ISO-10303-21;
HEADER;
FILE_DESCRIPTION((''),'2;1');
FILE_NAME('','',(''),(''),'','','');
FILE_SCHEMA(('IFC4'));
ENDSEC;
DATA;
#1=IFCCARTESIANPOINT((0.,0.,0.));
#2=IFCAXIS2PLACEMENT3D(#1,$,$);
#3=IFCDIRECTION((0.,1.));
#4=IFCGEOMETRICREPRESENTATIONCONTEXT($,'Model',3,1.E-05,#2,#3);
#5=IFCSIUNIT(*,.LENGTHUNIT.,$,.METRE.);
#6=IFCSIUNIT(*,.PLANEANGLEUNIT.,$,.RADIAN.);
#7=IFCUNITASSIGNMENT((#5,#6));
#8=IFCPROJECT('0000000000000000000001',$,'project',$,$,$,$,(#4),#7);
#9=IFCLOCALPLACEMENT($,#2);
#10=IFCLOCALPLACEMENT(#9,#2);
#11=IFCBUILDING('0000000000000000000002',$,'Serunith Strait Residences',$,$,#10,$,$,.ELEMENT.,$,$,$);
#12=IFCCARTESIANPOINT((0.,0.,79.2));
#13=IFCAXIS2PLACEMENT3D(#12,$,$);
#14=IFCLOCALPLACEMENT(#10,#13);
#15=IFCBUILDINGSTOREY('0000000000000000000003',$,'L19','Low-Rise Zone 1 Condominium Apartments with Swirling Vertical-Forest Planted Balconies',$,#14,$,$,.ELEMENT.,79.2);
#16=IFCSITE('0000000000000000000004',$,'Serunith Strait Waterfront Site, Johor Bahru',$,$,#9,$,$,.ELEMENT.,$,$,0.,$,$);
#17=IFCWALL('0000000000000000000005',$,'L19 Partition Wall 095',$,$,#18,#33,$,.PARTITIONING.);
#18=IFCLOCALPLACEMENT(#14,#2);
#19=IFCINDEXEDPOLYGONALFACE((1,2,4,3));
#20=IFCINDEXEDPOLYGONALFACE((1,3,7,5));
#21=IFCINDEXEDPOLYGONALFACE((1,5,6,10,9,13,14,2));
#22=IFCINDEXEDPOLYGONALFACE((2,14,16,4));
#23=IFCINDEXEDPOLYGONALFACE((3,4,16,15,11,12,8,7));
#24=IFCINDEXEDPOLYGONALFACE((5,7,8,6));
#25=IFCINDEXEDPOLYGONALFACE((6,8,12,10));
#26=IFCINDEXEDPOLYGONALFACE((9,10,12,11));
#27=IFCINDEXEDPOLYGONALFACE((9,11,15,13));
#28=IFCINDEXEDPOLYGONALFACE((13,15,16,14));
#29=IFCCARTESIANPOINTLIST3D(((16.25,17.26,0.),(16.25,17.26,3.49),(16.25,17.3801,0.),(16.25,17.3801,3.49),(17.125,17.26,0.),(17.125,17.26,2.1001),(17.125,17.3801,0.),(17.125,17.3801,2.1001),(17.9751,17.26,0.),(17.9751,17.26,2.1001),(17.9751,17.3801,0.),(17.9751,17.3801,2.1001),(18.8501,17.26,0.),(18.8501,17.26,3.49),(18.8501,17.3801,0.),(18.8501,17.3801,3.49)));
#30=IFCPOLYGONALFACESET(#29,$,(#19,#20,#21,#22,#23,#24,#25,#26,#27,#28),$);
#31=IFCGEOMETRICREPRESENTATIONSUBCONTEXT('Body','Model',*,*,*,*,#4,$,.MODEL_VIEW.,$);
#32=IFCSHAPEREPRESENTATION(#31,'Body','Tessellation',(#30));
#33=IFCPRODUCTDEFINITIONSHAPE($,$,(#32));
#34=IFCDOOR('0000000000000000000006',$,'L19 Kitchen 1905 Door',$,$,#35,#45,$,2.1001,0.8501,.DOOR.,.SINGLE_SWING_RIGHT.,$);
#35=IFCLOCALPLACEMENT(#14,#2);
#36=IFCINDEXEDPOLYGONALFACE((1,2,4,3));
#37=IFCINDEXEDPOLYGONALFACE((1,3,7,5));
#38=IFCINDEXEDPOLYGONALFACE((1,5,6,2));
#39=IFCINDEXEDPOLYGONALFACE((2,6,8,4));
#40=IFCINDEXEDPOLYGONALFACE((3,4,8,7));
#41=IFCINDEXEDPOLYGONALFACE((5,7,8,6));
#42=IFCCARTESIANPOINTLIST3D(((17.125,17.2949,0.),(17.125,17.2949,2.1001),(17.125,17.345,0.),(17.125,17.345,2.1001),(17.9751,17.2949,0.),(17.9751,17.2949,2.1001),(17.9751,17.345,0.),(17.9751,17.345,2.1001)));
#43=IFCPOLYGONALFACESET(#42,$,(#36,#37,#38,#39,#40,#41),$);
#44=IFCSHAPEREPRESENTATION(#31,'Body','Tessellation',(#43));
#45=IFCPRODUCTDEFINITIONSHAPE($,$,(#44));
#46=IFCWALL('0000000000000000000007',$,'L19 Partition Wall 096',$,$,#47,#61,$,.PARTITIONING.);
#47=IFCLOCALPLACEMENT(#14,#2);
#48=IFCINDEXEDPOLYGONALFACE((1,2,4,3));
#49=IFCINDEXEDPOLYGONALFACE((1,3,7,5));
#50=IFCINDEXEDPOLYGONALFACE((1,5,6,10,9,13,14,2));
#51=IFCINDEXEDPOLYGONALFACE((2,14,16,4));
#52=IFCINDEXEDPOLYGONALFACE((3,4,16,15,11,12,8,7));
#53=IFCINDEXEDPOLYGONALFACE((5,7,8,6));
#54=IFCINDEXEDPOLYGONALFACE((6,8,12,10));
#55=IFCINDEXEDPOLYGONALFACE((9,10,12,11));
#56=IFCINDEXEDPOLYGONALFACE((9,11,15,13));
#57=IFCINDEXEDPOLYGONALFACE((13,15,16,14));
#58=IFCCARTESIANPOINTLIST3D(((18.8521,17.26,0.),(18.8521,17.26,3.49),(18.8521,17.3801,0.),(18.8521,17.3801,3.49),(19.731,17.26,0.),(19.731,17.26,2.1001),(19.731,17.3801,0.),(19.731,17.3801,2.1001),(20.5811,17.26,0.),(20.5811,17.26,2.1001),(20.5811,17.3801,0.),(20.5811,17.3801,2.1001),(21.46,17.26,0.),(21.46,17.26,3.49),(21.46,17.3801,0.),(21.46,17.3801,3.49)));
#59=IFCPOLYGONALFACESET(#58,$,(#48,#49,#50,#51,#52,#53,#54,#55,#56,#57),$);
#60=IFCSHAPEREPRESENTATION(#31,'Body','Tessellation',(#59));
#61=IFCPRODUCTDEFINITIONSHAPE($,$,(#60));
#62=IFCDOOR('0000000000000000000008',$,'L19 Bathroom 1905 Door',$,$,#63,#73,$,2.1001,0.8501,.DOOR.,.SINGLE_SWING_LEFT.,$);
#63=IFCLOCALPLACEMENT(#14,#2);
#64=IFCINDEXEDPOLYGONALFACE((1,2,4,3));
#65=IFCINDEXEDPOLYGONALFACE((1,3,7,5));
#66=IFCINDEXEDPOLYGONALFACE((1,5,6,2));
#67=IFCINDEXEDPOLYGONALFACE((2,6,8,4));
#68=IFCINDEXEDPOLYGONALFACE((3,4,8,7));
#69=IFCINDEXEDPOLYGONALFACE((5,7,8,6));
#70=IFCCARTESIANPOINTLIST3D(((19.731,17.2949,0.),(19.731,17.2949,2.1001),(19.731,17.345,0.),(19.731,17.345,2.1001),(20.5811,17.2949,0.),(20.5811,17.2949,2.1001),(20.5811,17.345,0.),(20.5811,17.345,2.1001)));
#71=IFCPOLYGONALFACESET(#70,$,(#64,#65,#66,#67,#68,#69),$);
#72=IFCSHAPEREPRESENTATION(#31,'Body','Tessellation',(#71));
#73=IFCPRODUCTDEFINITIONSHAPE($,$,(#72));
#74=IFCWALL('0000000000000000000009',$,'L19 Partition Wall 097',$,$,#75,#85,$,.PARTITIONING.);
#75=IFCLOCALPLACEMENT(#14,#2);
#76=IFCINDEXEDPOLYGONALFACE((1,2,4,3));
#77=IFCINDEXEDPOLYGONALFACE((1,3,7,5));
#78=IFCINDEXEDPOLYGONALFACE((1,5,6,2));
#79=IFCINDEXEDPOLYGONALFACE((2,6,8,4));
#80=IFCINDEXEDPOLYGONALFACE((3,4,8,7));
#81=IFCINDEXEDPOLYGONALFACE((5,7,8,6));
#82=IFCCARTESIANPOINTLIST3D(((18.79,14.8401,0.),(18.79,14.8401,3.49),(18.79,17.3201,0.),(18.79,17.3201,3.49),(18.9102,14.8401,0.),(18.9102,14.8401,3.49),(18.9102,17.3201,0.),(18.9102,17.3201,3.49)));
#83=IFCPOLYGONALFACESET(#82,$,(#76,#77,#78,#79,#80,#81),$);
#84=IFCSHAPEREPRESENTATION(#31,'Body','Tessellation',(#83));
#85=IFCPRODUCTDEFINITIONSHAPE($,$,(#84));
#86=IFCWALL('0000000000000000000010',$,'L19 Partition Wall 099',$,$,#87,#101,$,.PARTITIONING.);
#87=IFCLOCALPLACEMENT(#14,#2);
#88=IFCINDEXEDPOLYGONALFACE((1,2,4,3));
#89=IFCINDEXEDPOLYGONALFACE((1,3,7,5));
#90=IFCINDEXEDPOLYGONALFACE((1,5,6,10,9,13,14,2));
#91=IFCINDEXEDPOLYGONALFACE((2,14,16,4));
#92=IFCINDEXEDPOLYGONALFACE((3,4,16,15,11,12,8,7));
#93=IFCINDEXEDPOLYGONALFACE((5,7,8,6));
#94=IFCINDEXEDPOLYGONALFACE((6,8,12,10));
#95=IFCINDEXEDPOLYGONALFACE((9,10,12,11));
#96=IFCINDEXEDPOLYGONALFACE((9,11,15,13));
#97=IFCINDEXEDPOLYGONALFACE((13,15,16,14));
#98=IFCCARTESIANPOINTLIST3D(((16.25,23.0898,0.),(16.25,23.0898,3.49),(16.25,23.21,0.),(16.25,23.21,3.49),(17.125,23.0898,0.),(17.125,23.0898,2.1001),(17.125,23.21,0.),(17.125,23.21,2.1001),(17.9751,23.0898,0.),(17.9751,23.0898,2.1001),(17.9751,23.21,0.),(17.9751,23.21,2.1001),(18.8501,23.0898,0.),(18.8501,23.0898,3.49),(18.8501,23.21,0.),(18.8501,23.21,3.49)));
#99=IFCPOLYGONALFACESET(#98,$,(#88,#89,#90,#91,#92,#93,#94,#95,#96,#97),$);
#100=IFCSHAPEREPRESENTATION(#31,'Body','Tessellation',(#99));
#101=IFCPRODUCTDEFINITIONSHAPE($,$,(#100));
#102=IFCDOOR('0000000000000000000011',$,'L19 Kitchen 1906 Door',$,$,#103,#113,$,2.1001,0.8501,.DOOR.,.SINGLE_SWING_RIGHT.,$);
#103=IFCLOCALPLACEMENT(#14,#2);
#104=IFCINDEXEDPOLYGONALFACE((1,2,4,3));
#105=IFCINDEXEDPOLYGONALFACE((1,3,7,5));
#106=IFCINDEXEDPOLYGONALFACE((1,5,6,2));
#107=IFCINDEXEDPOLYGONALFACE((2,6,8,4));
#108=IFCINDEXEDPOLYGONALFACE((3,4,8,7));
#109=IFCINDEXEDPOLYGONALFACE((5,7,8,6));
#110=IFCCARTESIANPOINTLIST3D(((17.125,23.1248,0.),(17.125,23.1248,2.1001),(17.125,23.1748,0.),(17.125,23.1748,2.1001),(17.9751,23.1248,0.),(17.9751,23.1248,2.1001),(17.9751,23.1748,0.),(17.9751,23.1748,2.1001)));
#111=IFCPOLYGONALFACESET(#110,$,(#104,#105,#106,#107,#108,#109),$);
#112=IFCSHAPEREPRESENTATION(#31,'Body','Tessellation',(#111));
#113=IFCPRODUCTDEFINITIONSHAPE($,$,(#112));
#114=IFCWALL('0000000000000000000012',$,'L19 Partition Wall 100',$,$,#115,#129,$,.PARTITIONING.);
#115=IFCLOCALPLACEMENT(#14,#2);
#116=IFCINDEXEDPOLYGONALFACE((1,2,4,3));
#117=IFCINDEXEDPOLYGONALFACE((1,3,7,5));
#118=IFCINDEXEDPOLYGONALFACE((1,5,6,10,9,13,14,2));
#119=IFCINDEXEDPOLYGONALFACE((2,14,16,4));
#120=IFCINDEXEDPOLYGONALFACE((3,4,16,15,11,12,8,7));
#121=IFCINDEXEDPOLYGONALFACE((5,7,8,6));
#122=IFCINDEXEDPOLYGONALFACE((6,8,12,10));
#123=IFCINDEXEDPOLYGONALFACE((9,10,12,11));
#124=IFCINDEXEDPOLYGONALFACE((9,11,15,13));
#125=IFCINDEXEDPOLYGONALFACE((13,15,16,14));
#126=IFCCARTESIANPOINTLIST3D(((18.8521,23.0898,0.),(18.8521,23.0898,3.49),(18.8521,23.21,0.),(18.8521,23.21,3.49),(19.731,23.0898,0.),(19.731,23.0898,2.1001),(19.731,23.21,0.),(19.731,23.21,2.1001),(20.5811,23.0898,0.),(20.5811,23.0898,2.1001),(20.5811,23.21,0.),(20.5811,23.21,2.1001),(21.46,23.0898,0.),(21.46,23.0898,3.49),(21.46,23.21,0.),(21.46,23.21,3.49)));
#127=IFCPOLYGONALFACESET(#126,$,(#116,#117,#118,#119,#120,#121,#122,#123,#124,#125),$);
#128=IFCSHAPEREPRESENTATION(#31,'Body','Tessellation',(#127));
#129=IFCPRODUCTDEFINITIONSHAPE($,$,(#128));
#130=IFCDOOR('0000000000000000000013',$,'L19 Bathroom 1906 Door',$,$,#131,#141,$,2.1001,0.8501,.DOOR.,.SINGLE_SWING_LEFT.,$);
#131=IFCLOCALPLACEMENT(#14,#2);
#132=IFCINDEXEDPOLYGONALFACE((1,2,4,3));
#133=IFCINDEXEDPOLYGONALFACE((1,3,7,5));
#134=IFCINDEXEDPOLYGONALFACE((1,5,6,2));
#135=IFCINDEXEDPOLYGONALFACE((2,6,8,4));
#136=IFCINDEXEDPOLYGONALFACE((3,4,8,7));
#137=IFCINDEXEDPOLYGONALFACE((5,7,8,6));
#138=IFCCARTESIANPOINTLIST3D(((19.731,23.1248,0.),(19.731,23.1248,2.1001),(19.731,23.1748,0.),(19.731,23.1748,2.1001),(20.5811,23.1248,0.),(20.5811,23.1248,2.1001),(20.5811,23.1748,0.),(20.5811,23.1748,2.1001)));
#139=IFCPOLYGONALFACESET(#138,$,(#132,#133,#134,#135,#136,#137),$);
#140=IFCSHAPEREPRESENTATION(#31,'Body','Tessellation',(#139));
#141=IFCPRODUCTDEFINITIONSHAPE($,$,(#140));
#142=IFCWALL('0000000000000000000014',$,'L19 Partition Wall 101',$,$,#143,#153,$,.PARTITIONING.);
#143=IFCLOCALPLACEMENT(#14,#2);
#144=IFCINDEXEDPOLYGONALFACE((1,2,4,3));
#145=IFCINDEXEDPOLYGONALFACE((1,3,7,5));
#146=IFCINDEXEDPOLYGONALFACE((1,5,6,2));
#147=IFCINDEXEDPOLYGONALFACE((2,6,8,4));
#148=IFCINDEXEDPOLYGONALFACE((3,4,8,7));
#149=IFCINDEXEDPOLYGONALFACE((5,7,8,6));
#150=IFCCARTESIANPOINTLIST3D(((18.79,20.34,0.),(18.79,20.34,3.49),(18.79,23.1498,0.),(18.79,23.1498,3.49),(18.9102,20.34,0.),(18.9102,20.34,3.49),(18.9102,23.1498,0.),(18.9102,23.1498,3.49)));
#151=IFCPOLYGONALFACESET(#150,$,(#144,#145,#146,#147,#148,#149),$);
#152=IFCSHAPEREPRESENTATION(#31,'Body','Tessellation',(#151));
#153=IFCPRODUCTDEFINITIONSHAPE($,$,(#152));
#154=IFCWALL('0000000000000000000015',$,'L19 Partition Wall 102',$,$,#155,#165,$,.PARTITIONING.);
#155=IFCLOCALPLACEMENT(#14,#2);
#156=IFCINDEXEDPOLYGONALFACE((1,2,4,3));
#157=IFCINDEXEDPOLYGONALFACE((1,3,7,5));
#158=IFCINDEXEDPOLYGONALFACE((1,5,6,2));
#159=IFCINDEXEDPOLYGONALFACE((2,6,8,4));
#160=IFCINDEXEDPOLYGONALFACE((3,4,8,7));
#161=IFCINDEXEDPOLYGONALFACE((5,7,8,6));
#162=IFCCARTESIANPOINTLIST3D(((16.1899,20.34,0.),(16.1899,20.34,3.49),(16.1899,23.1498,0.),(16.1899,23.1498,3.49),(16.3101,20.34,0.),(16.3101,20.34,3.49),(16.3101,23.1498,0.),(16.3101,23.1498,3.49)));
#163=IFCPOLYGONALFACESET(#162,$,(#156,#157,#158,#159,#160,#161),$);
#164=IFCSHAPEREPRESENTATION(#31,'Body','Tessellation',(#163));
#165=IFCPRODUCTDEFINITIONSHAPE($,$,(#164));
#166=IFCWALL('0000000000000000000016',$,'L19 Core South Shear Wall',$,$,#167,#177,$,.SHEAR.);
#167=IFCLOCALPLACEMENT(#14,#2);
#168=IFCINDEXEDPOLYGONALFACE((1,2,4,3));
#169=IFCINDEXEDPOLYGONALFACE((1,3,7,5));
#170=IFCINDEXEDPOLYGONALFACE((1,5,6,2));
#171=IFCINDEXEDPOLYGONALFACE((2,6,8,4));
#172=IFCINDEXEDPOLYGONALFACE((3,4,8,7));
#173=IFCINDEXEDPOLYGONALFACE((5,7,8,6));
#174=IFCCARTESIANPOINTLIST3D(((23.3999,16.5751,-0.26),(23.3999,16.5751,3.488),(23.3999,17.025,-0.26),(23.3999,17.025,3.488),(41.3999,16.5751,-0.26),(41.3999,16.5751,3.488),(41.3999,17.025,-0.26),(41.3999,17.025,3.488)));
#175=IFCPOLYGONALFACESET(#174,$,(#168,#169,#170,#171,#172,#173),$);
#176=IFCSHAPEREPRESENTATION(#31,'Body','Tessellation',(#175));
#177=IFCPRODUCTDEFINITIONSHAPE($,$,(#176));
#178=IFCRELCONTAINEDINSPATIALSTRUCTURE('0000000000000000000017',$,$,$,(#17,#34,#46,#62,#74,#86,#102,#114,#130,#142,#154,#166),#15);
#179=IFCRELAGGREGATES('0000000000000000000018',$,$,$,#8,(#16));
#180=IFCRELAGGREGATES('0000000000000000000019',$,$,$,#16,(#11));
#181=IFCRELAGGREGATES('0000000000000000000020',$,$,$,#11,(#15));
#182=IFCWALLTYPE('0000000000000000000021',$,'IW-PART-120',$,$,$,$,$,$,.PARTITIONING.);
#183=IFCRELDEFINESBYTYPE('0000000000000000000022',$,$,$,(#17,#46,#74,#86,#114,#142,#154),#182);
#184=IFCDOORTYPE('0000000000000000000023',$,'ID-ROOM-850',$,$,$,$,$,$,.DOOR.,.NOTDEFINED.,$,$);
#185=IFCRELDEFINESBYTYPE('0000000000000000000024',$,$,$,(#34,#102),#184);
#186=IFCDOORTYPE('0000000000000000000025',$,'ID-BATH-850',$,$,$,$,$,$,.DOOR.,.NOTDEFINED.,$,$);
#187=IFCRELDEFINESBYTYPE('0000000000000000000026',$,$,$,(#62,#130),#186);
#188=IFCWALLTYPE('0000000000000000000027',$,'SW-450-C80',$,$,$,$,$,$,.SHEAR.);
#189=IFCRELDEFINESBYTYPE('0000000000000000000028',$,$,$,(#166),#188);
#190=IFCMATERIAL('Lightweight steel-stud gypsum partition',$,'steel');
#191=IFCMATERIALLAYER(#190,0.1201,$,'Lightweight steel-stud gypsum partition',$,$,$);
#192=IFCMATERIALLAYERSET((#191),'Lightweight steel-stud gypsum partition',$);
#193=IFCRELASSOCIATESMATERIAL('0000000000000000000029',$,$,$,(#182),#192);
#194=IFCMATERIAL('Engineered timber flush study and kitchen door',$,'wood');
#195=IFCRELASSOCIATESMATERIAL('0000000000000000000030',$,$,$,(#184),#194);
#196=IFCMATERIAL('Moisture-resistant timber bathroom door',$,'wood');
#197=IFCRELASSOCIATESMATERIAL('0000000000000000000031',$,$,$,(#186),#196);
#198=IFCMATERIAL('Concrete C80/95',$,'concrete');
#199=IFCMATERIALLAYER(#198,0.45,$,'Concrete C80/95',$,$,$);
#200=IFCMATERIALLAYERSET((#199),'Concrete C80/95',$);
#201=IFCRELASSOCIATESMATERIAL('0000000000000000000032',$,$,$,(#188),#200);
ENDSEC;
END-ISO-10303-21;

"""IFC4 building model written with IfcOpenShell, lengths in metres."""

from ifc_helpers import new_model, si_unit, direction, frame, frame_2d, origin, place, context, subcontext, project, spatial, rectangle, extrude, source, transform, mapped, material, layer, layer_set, type_object, element, fill, save


model = new_model("IFC4")

# Units and contexts
model_context = context("Model", 3, precision=1e-05, world=origin(), true_north=direction((0.0, 1.0)))
body_context = subcontext(model_context, "Body", "Model", "MODEL_VIEW")
ifc_project = project(units=[si_unit("LENGTHUNIT", "METRE"), si_unit("PLANEANGLEUNIT", "RADIAN")], contexts=[model_context])

# Site, building, storey
site_placement = place(None, origin())
site = spatial("IfcSite", under=ifc_project, at=site_placement, Name="Serunith Strait Waterfront Site, Johor Bahru", CompositionType="ELEMENT", RefElevation=0.0)
building_placement = place(site_placement, origin())
building = spatial("IfcBuilding", under=site, at=building_placement, Name="Serunith Strait Residences", CompositionType="ELEMENT")
storey_placement = place(building_placement, frame((0.0, 0.0, 79.2)))
storey = spatial("IfcBuildingStorey", under=building, at=storey_placement, Name="L19", Description="Low-Rise Zone 1 Condominium Apartments with Swirling Vertical-Forest Planted Balconies", CompositionType="ELEMENT", Elevation=79.2)

# Walls, openings, doors
ifc_material_1 = material(Name="Lightweight steel-stud gypsum partition", Category="steel")
ifc_layer_1 = layer(ifc_material_1, 0.1201, Name="Lightweight steel-stud gypsum partition")
ifc_layer_set_1 = layer_set([ifc_layer_1], Name="Lightweight steel-stud gypsum partition")
wall_type_1 = type_object("IfcWallType", Name="IW-PART-120", PredefinedType="PARTITIONING", material=ifc_layer_set_1)
wall_1_placement = place(storey_placement, frame((16.25, 17.3201, 0.0), z_axis=(0.0, 0.0, 1.0), x_axis=(1.0, 0.0, 0.0)))
wall_1 = element("IfcWall", 1, at=wall_1_placement, inside=storey, type_object=wall_type_1, Name="L19 Partition Wall 095", PredefinedType="PARTITIONING", context=body_context, shape_type="SweptSolid", body=[
    extrude(rectangle(XDim=2.6001, YDim=0.1201, at=frame_2d((1.3, 0.0))), origin(), (0.0, 0.0, 1.0), 3.49),
])
opening_1_placement = place(wall_1_placement, frame((0.875, 0.0, 0.0)))
opening_1 = element("IfcOpeningElement", 2, at=opening_1_placement, cuts=wall_1, PredefinedType="OPENING", context=body_context, shape_type="SweptSolid", body=[
    extrude(rectangle(XDim=0.8501, YDim=2.1001, at=frame_2d((0.425, 1.05))), frame((0.0, 0.0701, 0.0), z_axis=(0.0, -1.0, 0.0), x_axis=(1.0, 0.0, 0.0)), (0.0, 0.0, 1.0), 0.1401),
])
ifc_material_2 = material(Name="Engineered timber flush study and kitchen door", Category="wood")
door_type_1 = type_object("IfcDoorType", Name="ID-ROOM-850", OperationType="NOTDEFINED", PredefinedType="DOOR", material=ifc_material_2)
shared_shape_1 = source(origin(), body_context, "Body", "SweptSolid", [
    extrude(rectangle(XDim=0.8501, YDim=2.1001, at=frame_2d((0.425, 1.05))), frame((0.0, 0.0249, 0.0), z_axis=(0.0, -1.0, 0.0), x_axis=(1.0, 0.0, 0.0)), (0.0, 0.0, 1.0), 0.05),
])
door_1_placement = place(opening_1_placement, origin())
door_1 = element("IfcDoor", 3, at=door_1_placement, inside=storey, type_object=door_type_1, Name="L19 Kitchen 1905 Door", OperationType="SINGLE_SWING_RIGHT", OverallHeight=2.1001, OverallWidth=0.8501, PredefinedType="DOOR", context=body_context, shape_type="MappedRepresentation", body=[
    mapped(shared_shape_1, transform((0.0, 0.0, 0.0), scale=1.0)),
])
fill(opening_1, door_1)
wall_2_placement = place(storey_placement, frame((18.8521, 17.3201, 0.0), z_axis=(0.0, 0.0, 1.0), x_axis=(1.0, 0.0, 0.0)))
wall_2 = element("IfcWall", 4, at=wall_2_placement, inside=storey, type_object=wall_type_1, Name="L19 Partition Wall 096", PredefinedType="PARTITIONING", context=body_context, shape_type="SweptSolid", body=[
    extrude(rectangle(XDim=2.6079, YDim=0.1201, at=frame_2d((1.304, 0.0))), origin(), (0.0, 0.0, 1.0), 3.49),
])
opening_2_placement = place(wall_2_placement, frame((0.8789, 0.0, 0.0)))
opening_2 = element("IfcOpeningElement", 5, at=opening_2_placement, cuts=wall_2, PredefinedType="OPENING", context=body_context, shape_type="SweptSolid", body=[
    extrude(rectangle(XDim=0.8501, YDim=2.1001, at=frame_2d((0.425, 1.05))), frame((0.0, 0.0701, 0.0), z_axis=(0.0, -1.0, 0.0), x_axis=(1.0, 0.0, 0.0)), (0.0, 0.0, 1.0), 0.1401),
])
ifc_material_3 = material(Name="Moisture-resistant timber bathroom door", Category="wood")
door_type_2 = type_object("IfcDoorType", Name="ID-BATH-850", OperationType="NOTDEFINED", PredefinedType="DOOR", material=ifc_material_3)
door_2_placement = place(opening_2_placement, origin())
door_2 = element("IfcDoor", 6, at=door_2_placement, inside=storey, type_object=door_type_2, Name="L19 Bathroom 1905 Door", OperationType="SINGLE_SWING_LEFT", OverallHeight=2.1001, OverallWidth=0.8501, PredefinedType="DOOR", context=body_context, shape_type="MappedRepresentation", body=[
    mapped(shared_shape_1, transform((0.0, 0.0, 0.0), scale=1.0)),
])
fill(opening_2, door_2)

# Wall
wall_3_placement = place(storey_placement, frame((18.8501, 14.8401, 0.0), z_axis=(0.0, 0.0, 1.0), x_axis=(0.0, 1.0, 0.0)))
element("IfcWall", 7, at=wall_3_placement, inside=storey, type_object=wall_type_1, Name="L19 Partition Wall 097", PredefinedType="PARTITIONING", context=body_context, shape_type="SweptSolid", body=[
    extrude(rectangle(XDim=2.48, YDim=0.1201, at=frame_2d((1.24, 0.0))), origin(), (0.0, 0.0, 1.0), 3.49),
])

# Walls, openings, doors
wall_4_placement = place(storey_placement, frame((16.25, 23.1499, 0.0), z_axis=(0.0, 0.0, 1.0), x_axis=(1.0, 0.0, 0.0)))
wall_4 = element("IfcWall", 8, at=wall_4_placement, inside=storey, type_object=wall_type_1, Name="L19 Partition Wall 099", PredefinedType="PARTITIONING", context=body_context, shape_type="SweptSolid", body=[
    extrude(rectangle(XDim=2.6001, YDim=0.1201, at=frame_2d((1.3, 0.0))), origin(), (0.0, 0.0, 1.0), 3.49),
])
opening_3_placement = place(wall_4_placement, frame((0.875, 0.0, 0.0)))
opening_3 = element("IfcOpeningElement", 9, at=opening_3_placement, cuts=wall_4, PredefinedType="OPENING", context=body_context, shape_type="SweptSolid", body=[
    extrude(rectangle(XDim=0.8501, YDim=2.1001, at=frame_2d((0.425, 1.05))), frame((0.0, 0.0701, 0.0), z_axis=(0.0, -1.0, 0.0), x_axis=(1.0, 0.0, 0.0)), (0.0, 0.0, 1.0), 0.1401),
])
door_3_placement = place(opening_3_placement, origin())
door_3 = element("IfcDoor", 10, at=door_3_placement, inside=storey, type_object=door_type_1, Name="L19 Kitchen 1906 Door", OperationType="SINGLE_SWING_RIGHT", OverallHeight=2.1001, OverallWidth=0.8501, PredefinedType="DOOR", context=body_context, shape_type="MappedRepresentation", body=[
    mapped(shared_shape_1, transform((0.0, 0.0, 0.0), scale=1.0)),
])
fill(opening_3, door_3)
wall_5_placement = place(storey_placement, frame((18.8521, 23.1499, 0.0), z_axis=(0.0, 0.0, 1.0), x_axis=(1.0, 0.0, 0.0)))
wall_5 = element("IfcWall", 11, at=wall_5_placement, inside=storey, type_object=wall_type_1, Name="L19 Partition Wall 100", PredefinedType="PARTITIONING", context=body_context, shape_type="SweptSolid", body=[
    extrude(rectangle(XDim=2.6079, YDim=0.1201, at=frame_2d((1.304, 0.0))), origin(), (0.0, 0.0, 1.0), 3.49),
])
opening_4_placement = place(wall_5_placement, frame((0.8789, 0.0, 0.0)))
opening_4 = element("IfcOpeningElement", 12, at=opening_4_placement, cuts=wall_5, PredefinedType="OPENING", context=body_context, shape_type="SweptSolid", body=[
    extrude(rectangle(XDim=0.8501, YDim=2.1001, at=frame_2d((0.425, 1.05))), frame((0.0, 0.0701, 0.0), z_axis=(0.0, -1.0, 0.0), x_axis=(1.0, 0.0, 0.0)), (0.0, 0.0, 1.0), 0.1401),
])
door_4_placement = place(opening_4_placement, origin())
door_4 = element("IfcDoor", 13, at=door_4_placement, inside=storey, type_object=door_type_2, Name="L19 Bathroom 1906 Door", OperationType="SINGLE_SWING_LEFT", OverallHeight=2.1001, OverallWidth=0.8501, PredefinedType="DOOR", context=body_context, shape_type="MappedRepresentation", body=[
    mapped(shared_shape_1, transform((0.0, 0.0, 0.0), scale=1.0)),
])
fill(opening_4, door_4)

# Walls
for number, where, z_axis, x_axis, name in (
    (14, (18.8501, 20.3401, 0.0), (0.0, 0.0, 1.0), (0.0, 1.0, 0.0), "L19 Partition Wall 101"),
    (15, (16.25, 20.3401, 0.0), (0.0, 0.0, 1.0), (0.0, 1.0, 0.0), "L19 Partition Wall 102"),
):
    element("IfcWall", number, at=place(storey_placement, frame(where, z_axis=z_axis, x_axis=x_axis)), inside=storey, type_object=wall_type_1, Name=name, PredefinedType="PARTITIONING", context=body_context, shape_type="SweptSolid", body=[
        extrude(rectangle(XDim=2.8098, YDim=0.1201, at=frame_2d((1.4048, 0.0))), origin(), (0.0, 0.0, 1.0), 3.49),
    ])
ifc_material_4 = material(Name="Concrete C80/95", Category="concrete")
ifc_layer_2 = layer(ifc_material_4, 0.45, Name="Concrete C80/95")
ifc_layer_set_2 = layer_set([ifc_layer_2], Name="Concrete C80/95")
wall_type_2 = type_object("IfcWallType", Name="SW-450-C80", PredefinedType="SHEAR", material=ifc_layer_set_2)
wall_6_placement = place(storey_placement, frame((23.3999, 16.8, -0.26), z_axis=(0.0, 0.0, 1.0), x_axis=(1.0, 0.0, 0.0)))
element("IfcWall", 16, at=wall_6_placement, inside=storey, type_object=wall_type_2, Name="L19 Core South Shear Wall", PredefinedType="SHEAR", context=body_context, shape_type="SweptSolid", body=[
    extrude(rectangle(XDim=18.0, YDim=0.45, at=frame_2d((9.0, 0.0))), origin(), (0.0, 0.0, 1.0), 3.748),
])

save(model, "model.ifc")
